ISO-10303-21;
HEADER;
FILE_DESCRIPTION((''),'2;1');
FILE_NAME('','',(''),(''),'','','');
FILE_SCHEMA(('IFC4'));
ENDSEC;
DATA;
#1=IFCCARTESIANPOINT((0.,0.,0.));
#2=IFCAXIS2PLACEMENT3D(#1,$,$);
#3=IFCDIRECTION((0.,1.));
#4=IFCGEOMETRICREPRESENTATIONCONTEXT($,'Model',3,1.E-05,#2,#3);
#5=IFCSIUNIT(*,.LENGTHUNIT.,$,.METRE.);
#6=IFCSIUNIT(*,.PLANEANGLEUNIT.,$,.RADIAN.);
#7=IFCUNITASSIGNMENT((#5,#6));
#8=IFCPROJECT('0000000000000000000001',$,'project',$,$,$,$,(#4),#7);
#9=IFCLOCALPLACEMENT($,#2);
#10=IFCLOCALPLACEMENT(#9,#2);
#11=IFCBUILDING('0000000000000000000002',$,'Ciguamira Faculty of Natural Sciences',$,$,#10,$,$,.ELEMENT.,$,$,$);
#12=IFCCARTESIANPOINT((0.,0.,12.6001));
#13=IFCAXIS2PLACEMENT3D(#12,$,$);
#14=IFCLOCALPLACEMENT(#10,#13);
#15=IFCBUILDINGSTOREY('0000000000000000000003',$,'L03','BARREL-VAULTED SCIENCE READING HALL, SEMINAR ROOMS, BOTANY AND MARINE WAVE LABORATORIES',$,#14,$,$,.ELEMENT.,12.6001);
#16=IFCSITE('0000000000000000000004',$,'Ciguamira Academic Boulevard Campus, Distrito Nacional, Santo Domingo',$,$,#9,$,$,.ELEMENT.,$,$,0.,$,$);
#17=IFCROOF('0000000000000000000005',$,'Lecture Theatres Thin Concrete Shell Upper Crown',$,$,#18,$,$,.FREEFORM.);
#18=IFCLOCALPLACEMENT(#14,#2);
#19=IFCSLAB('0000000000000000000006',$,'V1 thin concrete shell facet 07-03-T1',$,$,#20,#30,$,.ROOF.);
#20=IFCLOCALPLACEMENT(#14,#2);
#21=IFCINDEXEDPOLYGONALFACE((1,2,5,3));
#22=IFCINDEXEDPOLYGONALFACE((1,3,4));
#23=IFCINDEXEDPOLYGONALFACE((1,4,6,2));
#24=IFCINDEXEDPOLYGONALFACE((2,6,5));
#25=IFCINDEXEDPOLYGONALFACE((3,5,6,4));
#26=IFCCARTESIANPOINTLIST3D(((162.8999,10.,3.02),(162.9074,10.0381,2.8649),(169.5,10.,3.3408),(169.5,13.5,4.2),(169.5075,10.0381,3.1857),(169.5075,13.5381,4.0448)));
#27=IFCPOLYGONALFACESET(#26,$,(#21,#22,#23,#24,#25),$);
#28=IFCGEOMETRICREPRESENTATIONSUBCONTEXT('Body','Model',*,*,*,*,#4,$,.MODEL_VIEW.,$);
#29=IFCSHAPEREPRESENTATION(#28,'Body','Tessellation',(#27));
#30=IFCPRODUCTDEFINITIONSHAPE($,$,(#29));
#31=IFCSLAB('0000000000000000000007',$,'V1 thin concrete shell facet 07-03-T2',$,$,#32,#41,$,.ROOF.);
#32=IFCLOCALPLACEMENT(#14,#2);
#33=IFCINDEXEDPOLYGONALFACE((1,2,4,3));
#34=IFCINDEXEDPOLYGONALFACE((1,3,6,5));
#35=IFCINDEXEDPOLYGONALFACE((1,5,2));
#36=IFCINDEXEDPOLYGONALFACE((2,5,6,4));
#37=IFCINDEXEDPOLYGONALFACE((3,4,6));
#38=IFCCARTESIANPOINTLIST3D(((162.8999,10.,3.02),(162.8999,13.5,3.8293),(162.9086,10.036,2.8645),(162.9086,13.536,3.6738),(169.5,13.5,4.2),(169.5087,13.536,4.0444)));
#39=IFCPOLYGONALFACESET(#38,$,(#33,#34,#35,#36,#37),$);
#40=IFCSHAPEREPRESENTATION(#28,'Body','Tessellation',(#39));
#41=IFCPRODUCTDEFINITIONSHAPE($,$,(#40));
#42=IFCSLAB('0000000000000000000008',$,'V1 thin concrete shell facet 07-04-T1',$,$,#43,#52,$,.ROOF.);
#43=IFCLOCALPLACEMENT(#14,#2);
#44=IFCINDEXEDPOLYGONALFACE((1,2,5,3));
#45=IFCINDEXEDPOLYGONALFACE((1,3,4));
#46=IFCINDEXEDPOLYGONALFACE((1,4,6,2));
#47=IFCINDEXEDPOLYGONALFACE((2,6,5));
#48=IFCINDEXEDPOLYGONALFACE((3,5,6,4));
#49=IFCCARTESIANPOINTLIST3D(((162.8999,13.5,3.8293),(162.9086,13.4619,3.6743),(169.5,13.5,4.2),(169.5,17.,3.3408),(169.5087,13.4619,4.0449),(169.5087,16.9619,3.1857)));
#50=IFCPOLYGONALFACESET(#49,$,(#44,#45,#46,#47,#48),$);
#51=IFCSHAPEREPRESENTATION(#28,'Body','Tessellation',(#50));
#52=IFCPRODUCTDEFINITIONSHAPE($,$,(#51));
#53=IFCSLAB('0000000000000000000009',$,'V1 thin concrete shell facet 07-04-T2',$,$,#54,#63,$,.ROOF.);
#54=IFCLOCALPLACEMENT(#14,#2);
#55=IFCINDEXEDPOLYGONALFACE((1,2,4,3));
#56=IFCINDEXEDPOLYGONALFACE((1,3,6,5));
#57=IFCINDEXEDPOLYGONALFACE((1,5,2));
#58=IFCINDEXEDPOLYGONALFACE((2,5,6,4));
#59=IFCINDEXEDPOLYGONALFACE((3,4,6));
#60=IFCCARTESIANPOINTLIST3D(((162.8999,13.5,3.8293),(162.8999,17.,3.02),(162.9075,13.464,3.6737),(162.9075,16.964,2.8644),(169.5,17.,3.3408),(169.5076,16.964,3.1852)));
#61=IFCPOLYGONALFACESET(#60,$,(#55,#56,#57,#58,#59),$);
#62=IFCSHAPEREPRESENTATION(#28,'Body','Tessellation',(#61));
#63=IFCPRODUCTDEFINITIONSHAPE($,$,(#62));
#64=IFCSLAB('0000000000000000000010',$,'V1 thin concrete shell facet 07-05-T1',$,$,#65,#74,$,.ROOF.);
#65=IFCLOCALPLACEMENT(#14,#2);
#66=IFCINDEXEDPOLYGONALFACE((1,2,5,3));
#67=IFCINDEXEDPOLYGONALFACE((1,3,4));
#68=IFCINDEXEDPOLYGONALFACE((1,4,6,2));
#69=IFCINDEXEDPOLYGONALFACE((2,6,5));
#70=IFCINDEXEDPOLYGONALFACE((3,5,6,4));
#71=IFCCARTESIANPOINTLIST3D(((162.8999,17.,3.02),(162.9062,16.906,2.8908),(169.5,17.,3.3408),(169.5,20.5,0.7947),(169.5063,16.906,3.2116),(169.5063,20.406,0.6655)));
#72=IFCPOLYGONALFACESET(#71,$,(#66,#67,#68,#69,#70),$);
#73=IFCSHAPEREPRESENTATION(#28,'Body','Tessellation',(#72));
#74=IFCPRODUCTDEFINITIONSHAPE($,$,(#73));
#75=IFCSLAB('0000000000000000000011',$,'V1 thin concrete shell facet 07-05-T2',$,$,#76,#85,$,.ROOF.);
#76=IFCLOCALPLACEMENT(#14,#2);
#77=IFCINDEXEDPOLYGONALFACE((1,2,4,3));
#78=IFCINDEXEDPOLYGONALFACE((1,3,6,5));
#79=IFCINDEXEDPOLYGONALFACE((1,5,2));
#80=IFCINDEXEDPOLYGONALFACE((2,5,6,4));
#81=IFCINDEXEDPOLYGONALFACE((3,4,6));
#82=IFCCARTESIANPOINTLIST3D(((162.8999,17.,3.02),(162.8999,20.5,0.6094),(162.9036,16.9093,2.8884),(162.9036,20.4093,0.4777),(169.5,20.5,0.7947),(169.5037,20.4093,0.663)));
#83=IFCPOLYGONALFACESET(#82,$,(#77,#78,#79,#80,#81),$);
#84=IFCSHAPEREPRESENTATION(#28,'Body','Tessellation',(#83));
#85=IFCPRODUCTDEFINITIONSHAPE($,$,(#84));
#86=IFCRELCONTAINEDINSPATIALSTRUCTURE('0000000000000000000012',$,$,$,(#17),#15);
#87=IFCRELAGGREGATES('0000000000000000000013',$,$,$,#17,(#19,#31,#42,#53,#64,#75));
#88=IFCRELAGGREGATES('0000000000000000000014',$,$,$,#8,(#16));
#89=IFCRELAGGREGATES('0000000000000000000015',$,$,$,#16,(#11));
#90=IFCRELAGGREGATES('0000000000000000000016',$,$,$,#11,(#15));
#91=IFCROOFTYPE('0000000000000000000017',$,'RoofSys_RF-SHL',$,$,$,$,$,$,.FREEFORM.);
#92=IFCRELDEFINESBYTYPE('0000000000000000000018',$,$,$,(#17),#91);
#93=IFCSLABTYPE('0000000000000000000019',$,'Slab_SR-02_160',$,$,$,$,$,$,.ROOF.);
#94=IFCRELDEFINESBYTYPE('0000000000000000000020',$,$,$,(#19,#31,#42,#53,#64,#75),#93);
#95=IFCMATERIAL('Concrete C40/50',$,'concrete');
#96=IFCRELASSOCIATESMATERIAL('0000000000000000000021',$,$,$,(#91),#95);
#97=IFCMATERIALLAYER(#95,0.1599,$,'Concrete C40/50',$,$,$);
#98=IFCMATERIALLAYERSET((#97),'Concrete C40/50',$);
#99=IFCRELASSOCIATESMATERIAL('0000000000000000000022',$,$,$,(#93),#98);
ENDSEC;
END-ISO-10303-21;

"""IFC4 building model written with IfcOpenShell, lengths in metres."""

from ifc_helpers import new_model, si_unit, direction, frame, origin, place, context, subcontext, project, spatial, polyline, outline, extrude, material, layer, layer_set, type_object, element, aggregate, save


model = new_model("IFC4")

# Units and contexts
model_context = context("Model", 3, precision=1e-05, world=origin(), true_north=direction((0.0, 1.0)))
body_context = subcontext(model_context, "Body", "Model", "MODEL_VIEW")
ifc_project = project(units=[si_unit("LENGTHUNIT", "METRE"), si_unit("PLANEANGLEUNIT", "RADIAN")], contexts=[model_context])

# Site, building, storey
site_placement = place(None, origin())
site = spatial("IfcSite", under=ifc_project, at=site_placement, Name="Ciguamira Academic Boulevard Campus, Distrito Nacional, Santo Domingo", CompositionType="ELEMENT", RefElevation=0.0)
building_placement = place(site_placement, origin())
building = spatial("IfcBuilding", under=site, at=building_placement, Name="Ciguamira Faculty of Natural Sciences", CompositionType="ELEMENT")
storey_placement = place(building_placement, frame((0.0, 0.0, 12.6001)))
storey = spatial("IfcBuildingStorey", under=building, at=storey_placement, Name="L03", Description="BARREL-VAULTED SCIENCE READING HALL, SEMINAR ROOMS, BOTANY AND MARINE WAVE LABORATORIES", CompositionType="ELEMENT", Elevation=12.6001)

# Shared definitions
ifc_material = material(Name="Concrete C40/50", Category="concrete")

# Roof, slabs
roof_type = type_object("IfcRoofType", Name="RoofSys_RF-SHL", PredefinedType="FREEFORM", material=ifc_material)
roof_placement = place(storey_placement, origin())
roof = element("IfcRoof", 1, at=roof_placement, inside=storey, type_object=roof_type, Name="Lecture Theatres Thin Concrete Shell Upper Crown", PredefinedType="FREEFORM")
ifc_layer = layer(ifc_material, 0.1599, Name="Concrete C40/50")
ifc_layer_set = layer_set([ifc_layer], Name="Concrete C40/50")
slab_type = type_object("IfcSlabType", Name="Slab_SR-02_160", PredefinedType="ROOF", material=ifc_layer_set)
slab_1_placement = place(storey_placement, frame((162.8999, 10.0, 3.02), z_axis=(-0.047152, -0.238124, 0.97009), x_axis=(0.998821, 0.0, 0.048548)))
slab_1 = element("IfcSlab", 2, at=slab_1_placement, type_object=slab_type, Name="V1 thin concrete shell facet 07-03-T1", PredefinedType="ROOF", context=body_context, shape_type="SweptSolid", body=[
    extrude(outline(polyline([(0.0, 0.0), (6.6079, 0.0), (6.6496, 3.6037), (0.0, 0.0)])), origin(), (0.0, 0.0, -1.0), 0.1599),
])
slab_2_placement = place(storey_placement, frame((162.8999, 10.0, 3.02), z_axis=(-0.054626, -0.224955, 0.972837), x_axis=(0.872648, 0.462761, 0.156007)))
slab_2 = element("IfcSlab", 3, at=slab_2_placement, type_object=slab_type, Name="V1 thin concrete shell facet 07-03-T2", PredefinedType="ROOF", context=body_context, shape_type="SweptSolid", body=[
    extrude(outline(polyline([(0.0, 0.0), (7.5633, 0.0), (1.7459, 3.1395), (0.0, 0.0)])), origin(), (0.0, 0.0, -1.0), 0.1599),
])
slab_3_placement = place(storey_placement, frame((162.8999, 13.5, 3.8293), z_axis=(-0.054452, 0.238035, 0.969729), x_axis=(0.998427, 0.0, 0.056063)))
slab_3 = element("IfcSlab", 4, at=slab_3_placement, type_object=slab_type, Name="V1 thin concrete shell facet 07-04-T1", PredefinedType="ROOF", context=body_context, shape_type="SweptSolid", body=[
    extrude(outline(polyline([(0.0, 0.0), (6.6105, 0.0), (6.5623, 3.6036), (0.0, 0.0)])), origin(), (0.0, 0.0, -1.0), 0.1599),
])
slab_4_placement = place(storey_placement, frame((162.8999, 13.5, 3.8293), z_axis=(-0.047303, 0.225039, 0.973201), x_axis=(0.881582, 0.467499, -0.065253)))
slab_4 = element("IfcSlab", 5, at=slab_4_placement, type_object=slab_type, Name="V1 thin concrete shell facet 07-04-T2", PredefinedType="ROOF", context=body_context, shape_type="SweptSolid", body=[
    extrude(outline(polyline([(0.0, 0.0), (7.4867, 0.0), (1.6891, 3.1705), (0.0, 0.0)])), origin(), (0.0, 0.0, -1.0), 0.1599),
])
slab_5_placement = place(storey_placement, frame((162.8999, 17.0, 3.02), z_axis=(-0.039275, 0.587822, 0.808037), x_axis=(0.998821, 0.0, 0.048548)))
slab_5 = element("IfcSlab", 6, at=slab_5_placement, type_object=slab_type, Name="V1 thin concrete shell facet 07-05-T1", PredefinedType="ROOF", context=body_context, shape_type="SweptSolid", body=[
    extrude(outline(polyline([(0.0, 0.0), (6.6079, 0.0), (6.4843, 4.3264), (0.0, 0.0)])), origin(), (0.0, 0.0, -1.0), 0.1599),
])
slab_6_placement = place(storey_placement, frame((162.8999, 17.0, 3.02), z_axis=(-0.023116, 0.567079, 0.823339), x_axis=(0.846699, 0.449001, -0.28548)))
slab_6 = element("IfcSlab", 7, at=slab_6_placement, type_object=slab_type, Name="V1 thin concrete shell facet 07-05-T2", PredefinedType="ROOF", context=body_context, shape_type="SweptSolid", body=[
    extrude(outline(polyline([(0.0, 0.0), (7.7951, 0.0), (2.2597, 3.5993), (0.0, 0.0)])), origin(), (0.0, 0.0, -1.0), 0.1599),
])
aggregate(roof, [slab_1, slab_2, slab_3, slab_4, slab_5, slab_6])

save(model, "model.ifc")
